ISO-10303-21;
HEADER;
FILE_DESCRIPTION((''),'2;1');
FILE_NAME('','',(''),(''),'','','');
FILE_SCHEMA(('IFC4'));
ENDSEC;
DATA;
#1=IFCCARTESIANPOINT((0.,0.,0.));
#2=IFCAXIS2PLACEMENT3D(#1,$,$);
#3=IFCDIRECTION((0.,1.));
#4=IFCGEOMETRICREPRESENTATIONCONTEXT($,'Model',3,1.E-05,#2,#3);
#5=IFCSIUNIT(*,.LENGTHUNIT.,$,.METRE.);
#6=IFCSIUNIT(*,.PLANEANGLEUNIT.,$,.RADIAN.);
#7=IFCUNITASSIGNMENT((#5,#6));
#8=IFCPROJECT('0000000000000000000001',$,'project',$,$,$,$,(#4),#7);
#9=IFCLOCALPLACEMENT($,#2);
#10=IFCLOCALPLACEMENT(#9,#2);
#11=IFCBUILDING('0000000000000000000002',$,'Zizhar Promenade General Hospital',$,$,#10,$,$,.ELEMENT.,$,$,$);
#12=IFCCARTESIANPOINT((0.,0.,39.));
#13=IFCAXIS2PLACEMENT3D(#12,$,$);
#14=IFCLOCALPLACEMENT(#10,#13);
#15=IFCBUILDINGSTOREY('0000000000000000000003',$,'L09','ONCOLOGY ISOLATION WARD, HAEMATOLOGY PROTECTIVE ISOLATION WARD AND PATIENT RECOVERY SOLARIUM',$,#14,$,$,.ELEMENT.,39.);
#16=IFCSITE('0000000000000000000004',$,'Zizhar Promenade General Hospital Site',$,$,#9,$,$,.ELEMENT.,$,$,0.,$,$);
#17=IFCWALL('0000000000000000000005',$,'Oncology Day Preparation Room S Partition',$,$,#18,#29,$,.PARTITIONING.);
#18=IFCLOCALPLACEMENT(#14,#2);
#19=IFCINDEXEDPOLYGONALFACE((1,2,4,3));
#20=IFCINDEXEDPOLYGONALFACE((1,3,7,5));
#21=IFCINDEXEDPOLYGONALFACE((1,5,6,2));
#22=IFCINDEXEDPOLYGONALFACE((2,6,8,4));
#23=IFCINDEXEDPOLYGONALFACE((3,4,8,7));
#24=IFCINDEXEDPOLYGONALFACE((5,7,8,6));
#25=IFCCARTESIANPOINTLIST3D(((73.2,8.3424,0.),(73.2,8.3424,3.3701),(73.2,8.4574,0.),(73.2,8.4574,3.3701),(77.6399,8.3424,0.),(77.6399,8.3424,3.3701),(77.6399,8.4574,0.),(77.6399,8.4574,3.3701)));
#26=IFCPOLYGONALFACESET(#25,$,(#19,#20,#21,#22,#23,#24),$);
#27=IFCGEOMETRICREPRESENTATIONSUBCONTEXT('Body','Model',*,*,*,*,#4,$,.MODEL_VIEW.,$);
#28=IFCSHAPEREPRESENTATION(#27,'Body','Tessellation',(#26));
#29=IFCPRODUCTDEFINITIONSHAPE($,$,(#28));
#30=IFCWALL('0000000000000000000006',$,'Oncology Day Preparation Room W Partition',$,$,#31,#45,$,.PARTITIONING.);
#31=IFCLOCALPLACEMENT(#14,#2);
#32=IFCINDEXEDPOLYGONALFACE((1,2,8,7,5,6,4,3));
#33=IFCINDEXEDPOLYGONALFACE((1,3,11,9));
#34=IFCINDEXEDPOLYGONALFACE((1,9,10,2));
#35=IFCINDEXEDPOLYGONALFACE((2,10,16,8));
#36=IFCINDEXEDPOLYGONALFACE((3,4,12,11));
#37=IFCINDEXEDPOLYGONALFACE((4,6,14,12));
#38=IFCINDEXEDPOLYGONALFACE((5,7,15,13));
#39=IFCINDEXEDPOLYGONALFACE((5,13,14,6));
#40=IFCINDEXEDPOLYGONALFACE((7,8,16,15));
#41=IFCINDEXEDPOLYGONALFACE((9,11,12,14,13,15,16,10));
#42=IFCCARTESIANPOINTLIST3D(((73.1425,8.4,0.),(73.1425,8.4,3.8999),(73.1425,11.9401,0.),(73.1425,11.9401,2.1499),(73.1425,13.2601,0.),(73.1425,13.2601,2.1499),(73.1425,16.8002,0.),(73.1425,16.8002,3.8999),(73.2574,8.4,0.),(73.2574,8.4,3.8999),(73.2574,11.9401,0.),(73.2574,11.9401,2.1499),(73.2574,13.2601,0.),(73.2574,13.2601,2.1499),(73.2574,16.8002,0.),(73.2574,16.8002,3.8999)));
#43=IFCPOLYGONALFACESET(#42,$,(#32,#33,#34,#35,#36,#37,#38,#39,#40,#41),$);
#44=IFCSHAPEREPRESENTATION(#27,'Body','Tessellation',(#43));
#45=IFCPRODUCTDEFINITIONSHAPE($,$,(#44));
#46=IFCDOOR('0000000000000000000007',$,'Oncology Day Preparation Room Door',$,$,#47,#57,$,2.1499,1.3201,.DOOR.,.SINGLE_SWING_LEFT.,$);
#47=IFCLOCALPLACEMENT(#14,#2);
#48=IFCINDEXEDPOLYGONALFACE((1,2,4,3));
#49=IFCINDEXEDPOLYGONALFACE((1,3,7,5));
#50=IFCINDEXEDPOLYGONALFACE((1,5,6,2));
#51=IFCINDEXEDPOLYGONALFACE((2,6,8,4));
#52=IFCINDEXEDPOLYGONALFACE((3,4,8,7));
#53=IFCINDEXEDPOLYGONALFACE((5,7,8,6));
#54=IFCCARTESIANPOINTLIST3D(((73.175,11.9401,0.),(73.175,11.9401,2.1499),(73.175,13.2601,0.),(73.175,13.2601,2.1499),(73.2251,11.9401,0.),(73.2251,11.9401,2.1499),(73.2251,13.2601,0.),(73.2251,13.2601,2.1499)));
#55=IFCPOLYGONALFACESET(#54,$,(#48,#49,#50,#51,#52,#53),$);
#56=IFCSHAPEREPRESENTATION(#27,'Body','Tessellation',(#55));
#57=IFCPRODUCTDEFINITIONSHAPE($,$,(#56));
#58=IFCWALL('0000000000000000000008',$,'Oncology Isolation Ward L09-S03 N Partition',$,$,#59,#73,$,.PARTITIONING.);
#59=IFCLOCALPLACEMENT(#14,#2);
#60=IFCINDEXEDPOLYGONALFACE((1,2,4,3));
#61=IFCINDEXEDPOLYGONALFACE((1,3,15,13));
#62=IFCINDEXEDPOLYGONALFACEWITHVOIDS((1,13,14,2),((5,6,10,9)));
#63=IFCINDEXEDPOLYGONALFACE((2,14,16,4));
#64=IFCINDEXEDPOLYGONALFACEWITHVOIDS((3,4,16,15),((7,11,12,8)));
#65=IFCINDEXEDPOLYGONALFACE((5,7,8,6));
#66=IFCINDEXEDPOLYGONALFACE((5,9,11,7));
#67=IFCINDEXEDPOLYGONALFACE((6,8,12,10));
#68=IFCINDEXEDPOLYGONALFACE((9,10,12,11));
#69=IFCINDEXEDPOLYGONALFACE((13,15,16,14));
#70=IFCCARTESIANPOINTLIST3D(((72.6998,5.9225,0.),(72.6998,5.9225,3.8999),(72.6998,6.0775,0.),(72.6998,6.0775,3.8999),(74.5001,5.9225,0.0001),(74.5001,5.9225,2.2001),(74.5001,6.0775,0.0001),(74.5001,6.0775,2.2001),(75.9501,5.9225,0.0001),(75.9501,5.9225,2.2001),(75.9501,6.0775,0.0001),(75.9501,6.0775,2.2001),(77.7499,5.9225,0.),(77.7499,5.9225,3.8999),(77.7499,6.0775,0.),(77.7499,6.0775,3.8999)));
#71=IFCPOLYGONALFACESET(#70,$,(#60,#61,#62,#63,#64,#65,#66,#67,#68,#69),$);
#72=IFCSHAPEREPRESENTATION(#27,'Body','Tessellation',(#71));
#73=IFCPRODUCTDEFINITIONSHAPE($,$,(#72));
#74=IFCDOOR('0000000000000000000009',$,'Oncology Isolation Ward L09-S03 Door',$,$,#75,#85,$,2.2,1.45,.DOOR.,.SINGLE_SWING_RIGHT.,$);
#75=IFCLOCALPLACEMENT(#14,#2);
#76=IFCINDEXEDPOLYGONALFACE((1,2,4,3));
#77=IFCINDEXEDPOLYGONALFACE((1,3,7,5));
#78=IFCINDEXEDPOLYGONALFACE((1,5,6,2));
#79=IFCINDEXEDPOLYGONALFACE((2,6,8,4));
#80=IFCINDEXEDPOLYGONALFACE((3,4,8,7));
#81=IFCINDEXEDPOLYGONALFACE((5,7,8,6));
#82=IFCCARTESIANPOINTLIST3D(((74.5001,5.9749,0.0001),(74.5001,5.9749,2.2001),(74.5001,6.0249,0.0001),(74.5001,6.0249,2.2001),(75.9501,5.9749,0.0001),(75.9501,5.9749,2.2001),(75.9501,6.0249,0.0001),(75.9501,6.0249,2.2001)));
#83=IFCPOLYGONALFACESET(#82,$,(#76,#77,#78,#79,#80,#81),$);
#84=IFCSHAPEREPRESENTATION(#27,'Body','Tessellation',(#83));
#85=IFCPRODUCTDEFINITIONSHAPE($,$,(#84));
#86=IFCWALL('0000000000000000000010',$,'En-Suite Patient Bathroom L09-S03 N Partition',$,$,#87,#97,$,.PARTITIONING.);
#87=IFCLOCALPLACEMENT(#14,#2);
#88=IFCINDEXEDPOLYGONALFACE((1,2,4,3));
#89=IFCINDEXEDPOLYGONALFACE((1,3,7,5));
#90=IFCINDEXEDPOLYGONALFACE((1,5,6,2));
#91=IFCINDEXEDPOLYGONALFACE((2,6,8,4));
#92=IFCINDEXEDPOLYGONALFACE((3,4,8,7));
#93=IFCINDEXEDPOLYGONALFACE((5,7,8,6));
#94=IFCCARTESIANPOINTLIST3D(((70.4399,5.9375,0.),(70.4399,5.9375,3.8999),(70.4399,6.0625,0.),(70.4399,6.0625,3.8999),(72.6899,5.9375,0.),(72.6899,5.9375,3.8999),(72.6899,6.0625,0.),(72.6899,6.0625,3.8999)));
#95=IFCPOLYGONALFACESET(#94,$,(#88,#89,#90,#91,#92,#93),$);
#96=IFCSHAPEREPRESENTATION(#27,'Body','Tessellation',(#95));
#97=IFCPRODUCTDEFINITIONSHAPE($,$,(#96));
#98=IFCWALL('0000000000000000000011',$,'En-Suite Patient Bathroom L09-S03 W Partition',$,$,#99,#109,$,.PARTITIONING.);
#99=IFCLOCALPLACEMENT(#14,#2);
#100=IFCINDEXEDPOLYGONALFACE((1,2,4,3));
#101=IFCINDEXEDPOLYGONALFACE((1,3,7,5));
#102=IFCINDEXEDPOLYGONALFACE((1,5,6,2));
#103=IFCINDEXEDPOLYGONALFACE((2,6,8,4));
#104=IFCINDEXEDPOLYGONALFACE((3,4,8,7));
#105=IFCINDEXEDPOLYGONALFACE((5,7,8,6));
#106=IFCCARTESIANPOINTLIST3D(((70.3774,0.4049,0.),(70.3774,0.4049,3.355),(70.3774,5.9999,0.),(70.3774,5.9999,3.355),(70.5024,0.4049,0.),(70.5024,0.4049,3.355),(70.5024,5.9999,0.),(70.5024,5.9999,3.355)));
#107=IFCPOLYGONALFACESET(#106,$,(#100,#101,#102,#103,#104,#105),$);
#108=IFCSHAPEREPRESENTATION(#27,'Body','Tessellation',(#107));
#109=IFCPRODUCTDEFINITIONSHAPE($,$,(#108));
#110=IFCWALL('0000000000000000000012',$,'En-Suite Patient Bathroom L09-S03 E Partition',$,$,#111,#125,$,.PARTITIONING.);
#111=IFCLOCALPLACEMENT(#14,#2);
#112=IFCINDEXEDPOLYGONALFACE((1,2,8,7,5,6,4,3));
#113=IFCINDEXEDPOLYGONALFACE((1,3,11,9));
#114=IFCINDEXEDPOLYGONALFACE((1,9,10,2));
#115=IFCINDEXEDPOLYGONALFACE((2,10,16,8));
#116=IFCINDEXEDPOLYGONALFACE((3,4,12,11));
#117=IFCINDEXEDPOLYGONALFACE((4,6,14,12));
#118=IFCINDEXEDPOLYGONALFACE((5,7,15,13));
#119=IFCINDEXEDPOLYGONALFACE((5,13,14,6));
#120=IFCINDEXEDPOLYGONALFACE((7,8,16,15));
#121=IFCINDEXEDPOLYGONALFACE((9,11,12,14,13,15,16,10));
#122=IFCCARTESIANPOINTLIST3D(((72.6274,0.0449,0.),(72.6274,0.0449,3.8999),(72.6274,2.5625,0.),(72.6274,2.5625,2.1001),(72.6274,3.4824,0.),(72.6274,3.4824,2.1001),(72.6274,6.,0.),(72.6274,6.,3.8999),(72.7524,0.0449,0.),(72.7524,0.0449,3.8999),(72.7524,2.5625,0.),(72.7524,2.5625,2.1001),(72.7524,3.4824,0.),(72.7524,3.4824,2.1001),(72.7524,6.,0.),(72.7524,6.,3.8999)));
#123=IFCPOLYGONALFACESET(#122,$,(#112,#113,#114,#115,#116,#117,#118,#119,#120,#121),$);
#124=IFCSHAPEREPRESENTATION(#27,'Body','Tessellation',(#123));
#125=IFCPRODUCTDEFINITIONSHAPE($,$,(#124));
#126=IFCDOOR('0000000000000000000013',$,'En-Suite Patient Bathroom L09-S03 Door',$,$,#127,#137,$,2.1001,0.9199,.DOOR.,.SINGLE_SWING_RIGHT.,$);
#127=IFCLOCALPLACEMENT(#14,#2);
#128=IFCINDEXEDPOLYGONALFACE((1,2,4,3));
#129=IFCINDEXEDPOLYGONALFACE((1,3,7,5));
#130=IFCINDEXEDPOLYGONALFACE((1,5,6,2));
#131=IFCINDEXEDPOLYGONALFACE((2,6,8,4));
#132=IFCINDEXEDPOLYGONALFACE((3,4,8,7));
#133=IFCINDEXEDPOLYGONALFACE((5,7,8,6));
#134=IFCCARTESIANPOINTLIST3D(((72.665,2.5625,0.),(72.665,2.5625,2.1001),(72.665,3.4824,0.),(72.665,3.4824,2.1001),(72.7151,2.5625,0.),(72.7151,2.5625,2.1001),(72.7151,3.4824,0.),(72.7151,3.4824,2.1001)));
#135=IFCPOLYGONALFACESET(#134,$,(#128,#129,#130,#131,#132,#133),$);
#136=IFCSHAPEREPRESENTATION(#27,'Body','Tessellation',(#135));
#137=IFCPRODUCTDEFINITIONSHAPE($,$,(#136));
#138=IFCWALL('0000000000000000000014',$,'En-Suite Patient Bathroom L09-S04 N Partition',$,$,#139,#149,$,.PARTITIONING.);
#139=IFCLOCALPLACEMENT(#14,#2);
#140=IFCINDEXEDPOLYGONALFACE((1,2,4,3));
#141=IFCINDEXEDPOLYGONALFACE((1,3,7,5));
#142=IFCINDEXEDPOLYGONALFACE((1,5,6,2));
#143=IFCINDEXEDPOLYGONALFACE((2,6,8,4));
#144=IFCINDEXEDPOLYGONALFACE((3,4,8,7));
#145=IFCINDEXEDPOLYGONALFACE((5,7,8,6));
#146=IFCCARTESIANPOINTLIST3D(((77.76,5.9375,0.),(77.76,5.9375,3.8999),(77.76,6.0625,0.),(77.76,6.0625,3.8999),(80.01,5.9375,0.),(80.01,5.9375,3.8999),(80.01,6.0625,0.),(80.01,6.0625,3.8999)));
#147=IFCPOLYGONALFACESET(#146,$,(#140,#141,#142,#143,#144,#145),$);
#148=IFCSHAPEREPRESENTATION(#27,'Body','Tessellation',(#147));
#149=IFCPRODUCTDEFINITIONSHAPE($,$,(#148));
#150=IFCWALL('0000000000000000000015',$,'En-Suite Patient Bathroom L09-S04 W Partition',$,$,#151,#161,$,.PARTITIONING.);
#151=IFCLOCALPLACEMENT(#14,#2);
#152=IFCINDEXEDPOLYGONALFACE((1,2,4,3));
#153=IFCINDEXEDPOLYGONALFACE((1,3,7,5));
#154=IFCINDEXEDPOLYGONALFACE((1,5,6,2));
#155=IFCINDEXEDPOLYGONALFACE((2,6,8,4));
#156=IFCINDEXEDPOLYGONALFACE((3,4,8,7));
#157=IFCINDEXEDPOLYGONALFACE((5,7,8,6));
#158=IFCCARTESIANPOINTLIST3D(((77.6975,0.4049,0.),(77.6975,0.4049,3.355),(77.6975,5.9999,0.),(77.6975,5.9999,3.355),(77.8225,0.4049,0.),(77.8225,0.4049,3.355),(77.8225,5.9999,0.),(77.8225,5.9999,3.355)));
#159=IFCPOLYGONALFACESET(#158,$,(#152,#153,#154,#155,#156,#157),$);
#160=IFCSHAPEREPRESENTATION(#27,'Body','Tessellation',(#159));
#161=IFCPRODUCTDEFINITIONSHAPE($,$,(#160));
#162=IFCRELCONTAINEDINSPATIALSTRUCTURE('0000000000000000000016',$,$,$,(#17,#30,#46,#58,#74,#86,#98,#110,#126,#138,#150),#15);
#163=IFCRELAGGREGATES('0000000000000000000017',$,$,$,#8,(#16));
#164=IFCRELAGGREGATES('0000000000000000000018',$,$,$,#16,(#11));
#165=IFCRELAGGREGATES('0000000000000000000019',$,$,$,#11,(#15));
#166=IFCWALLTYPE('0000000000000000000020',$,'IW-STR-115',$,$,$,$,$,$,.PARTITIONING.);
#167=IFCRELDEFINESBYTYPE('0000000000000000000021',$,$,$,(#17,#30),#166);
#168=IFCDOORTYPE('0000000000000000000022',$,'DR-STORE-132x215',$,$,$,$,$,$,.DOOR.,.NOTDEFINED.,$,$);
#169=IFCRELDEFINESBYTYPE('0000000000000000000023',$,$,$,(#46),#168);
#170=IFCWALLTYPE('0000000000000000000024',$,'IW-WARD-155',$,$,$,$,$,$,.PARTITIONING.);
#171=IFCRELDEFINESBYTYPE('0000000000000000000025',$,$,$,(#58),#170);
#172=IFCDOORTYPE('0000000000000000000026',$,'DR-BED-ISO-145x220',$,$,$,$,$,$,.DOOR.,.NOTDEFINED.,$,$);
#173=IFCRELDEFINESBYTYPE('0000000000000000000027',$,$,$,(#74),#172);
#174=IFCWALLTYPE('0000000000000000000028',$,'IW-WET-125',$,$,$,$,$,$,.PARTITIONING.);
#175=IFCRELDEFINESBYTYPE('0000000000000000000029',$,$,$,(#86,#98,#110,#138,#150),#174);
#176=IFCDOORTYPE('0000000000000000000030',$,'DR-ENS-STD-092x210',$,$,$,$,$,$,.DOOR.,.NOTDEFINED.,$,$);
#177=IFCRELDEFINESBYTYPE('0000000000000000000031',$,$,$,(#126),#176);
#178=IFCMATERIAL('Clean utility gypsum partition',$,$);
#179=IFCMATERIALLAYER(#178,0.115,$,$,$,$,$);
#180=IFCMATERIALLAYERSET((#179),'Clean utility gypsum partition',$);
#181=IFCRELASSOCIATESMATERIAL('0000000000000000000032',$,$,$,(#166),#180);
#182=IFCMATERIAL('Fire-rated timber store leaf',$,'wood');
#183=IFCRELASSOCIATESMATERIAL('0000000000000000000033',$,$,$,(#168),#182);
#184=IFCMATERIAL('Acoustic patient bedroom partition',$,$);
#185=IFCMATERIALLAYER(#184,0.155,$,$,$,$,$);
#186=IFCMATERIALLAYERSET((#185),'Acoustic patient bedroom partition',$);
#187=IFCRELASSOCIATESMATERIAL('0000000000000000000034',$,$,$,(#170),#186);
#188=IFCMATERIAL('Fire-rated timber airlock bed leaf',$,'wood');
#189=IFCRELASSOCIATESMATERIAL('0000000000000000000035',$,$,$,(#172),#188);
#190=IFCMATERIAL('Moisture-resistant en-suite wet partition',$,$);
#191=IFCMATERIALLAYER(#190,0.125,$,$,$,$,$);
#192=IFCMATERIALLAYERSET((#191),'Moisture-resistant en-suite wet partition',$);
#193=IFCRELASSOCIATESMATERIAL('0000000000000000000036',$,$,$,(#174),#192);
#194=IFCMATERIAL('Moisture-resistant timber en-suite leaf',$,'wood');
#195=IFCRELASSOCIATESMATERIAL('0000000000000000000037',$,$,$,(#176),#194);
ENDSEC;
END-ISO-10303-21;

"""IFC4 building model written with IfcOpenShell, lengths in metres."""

from ifc_helpers import new_model, si_unit, direction, frame, frame_2d, origin, place, context, subcontext, project, spatial, rectangle, extrude, material, layer, layer_set, type_object, element, fill, save


model = new_model("IFC4")

# Units and contexts
model_context = context("Model", 3, precision=1e-05, world=origin(), true_north=direction((0.0, 1.0)))
body_context = subcontext(model_context, "Body", "Model", "MODEL_VIEW")
ifc_project = project(units=[si_unit("LENGTHUNIT", "METRE"), si_unit("PLANEANGLEUNIT", "RADIAN")], contexts=[model_context])

# Site, building, storey
site_placement = place(None, origin())
site = spatial("IfcSite", under=ifc_project, at=site_placement, Name="Zizhar Promenade General Hospital Site", CompositionType="ELEMENT", RefElevation=0.0)
building_placement = place(site_placement, origin())
building = spatial("IfcBuilding", under=site, at=building_placement, Name="Zizhar Promenade General Hospital", CompositionType="ELEMENT")
storey_placement = place(building_placement, frame((0.0, 0.0, 39.0)))
storey = spatial("IfcBuildingStorey", under=building, at=storey_placement, Name="L09", Description="ONCOLOGY ISOLATION WARD, HAEMATOLOGY PROTECTIVE ISOLATION WARD AND PATIENT RECOVERY SOLARIUM", CompositionType="ELEMENT", Elevation=39.0)

# Wall
ifc_material_1 = material(Name="Clean utility gypsum partition")
ifc_layer_1 = layer(ifc_material_1, 0.115)
ifc_layer_set_1 = layer_set([ifc_layer_1], Name="Clean utility gypsum partition")
wall_type_1 = type_object("IfcWallType", Name="IW-STR-115", PredefinedType="PARTITIONING", material=ifc_layer_set_1)
wall_1_placement = place(storey_placement, frame((73.2, 8.3999, 0.0), z_axis=(0.0, 0.0, 1.0), x_axis=(1.0, 0.0, 0.0)))
element("IfcWall", 1, at=wall_1_placement, inside=storey, type_object=wall_type_1, Name="Oncology Day Preparation Room S Partition", PredefinedType="PARTITIONING", context=body_context, shape_type="SweptSolid", body=[
    extrude(rectangle(XDim=4.4399, YDim=0.115, at=frame_2d((2.22, 0.0))), origin(), (0.0, 0.0, 1.0), 3.3701),
])

# Walls, openings, doors
wall_2_placement = place(storey_placement, frame((73.2, 8.3999, 0.0), z_axis=(0.0, 0.0, 1.0), x_axis=(0.0, 1.0, 0.0)))
wall_2 = element("IfcWall", 2, at=wall_2_placement, inside=storey, type_object=wall_type_1, Name="Oncology Day Preparation Room W Partition", PredefinedType="PARTITIONING", context=body_context, shape_type="SweptSolid", body=[
    extrude(rectangle(XDim=8.4001, YDim=0.115, at=frame_2d((4.2002, 0.0))), origin(), (0.0, 0.0, 1.0), 3.8999),
])
opening_1_placement = place(wall_2_placement, frame((3.54, 0.0, 0.0)))
opening_1 = element("IfcOpeningElement", 3, at=opening_1_placement, cuts=wall_2, PredefinedType="OPENING", context=body_context, shape_type="SweptSolid", body=[
    extrude(rectangle(XDim=1.3201, YDim=2.1499, at=frame_2d((0.6602, 1.075))), frame((0.0, 0.0674, 0.0), z_axis=(0.0, -1.0, 0.0), x_axis=(1.0, 0.0, 0.0)), (0.0, 0.0, 1.0), 0.135),
])
ifc_material_2 = material(Name="Fire-rated timber store leaf", Category="wood")
door_type_1 = type_object("IfcDoorType", Name="DR-STORE-132x215", OperationType="NOTDEFINED", PredefinedType="DOOR", material=ifc_material_2)
door_1_placement = place(opening_1_placement, origin())
door_1 = element("IfcDoor", 4, at=door_1_placement, inside=storey, type_object=door_type_1, Name="Oncology Day Preparation Room Door", OperationType="SINGLE_SWING_LEFT", OverallHeight=2.1499, OverallWidth=1.3201, PredefinedType="DOOR", context=body_context, shape_type="SweptSolid", body=[
    extrude(rectangle(XDim=1.3201, YDim=2.1499, at=frame_2d((0.6602, 1.075))), frame((0.0, 0.0249, 0.0), z_axis=(0.0, -1.0, 0.0), x_axis=(1.0, 0.0, 0.0)), (0.0, 0.0, 1.0), 0.05),
])
fill(opening_1, door_1)
ifc_material_3 = material(Name="Acoustic patient bedroom partition")
ifc_layer_2 = layer(ifc_material_3, 0.155)
ifc_layer_set_2 = layer_set([ifc_layer_2], Name="Acoustic patient bedroom partition")
wall_type_2 = type_object("IfcWallType", Name="IW-WARD-155", PredefinedType="PARTITIONING", material=ifc_layer_set_2)
wall_3_placement = place(storey_placement, frame((72.7, 6.0, 0.0), z_axis=(0.0, 0.0, 1.0), x_axis=(1.0, 0.0, 0.0)))
wall_3 = element("IfcWall", 5, at=wall_3_placement, inside=storey, type_object=wall_type_2, Name="Oncology Isolation Ward L09-S03 N Partition", PredefinedType="PARTITIONING", context=body_context, shape_type="SweptSolid", body=[
    extrude(rectangle(XDim=5.05, YDim=0.155, at=frame_2d((2.5249, 0.0))), origin(), (0.0, 0.0, 1.0), 3.8999),
])
opening_2_placement = place(wall_3_placement, frame((1.8, 0.0, 0.0)))
opening_2 = element("IfcOpeningElement", 6, at=opening_2_placement, cuts=wall_3, PredefinedType="OPENING", context=body_context, shape_type="SweptSolid", body=[
    extrude(rectangle(XDim=1.45, YDim=2.2, at=frame_2d((0.7251, 1.1001))), frame((0.0, 0.0874, 0.0), z_axis=(0.0, -1.0, 0.0), x_axis=(1.0, 0.0, 0.0)), (0.0, 0.0, 1.0), 0.175),
])
ifc_material_4 = material(Name="Fire-rated timber airlock bed leaf", Category="wood")
door_type_2 = type_object("IfcDoorType", Name="DR-BED-ISO-145x220", OperationType="NOTDEFINED", PredefinedType="DOOR", material=ifc_material_4)
door_2_placement = place(opening_2_placement, origin())
door_2 = element("IfcDoor", 7, at=door_2_placement, inside=storey, type_object=door_type_2, Name="Oncology Isolation Ward L09-S03 Door", OperationType="SINGLE_SWING_RIGHT", OverallHeight=2.2, OverallWidth=1.45, PredefinedType="DOOR", context=body_context, shape_type="SweptSolid", body=[
    extrude(rectangle(XDim=1.45, YDim=2.2, at=frame_2d((0.7251, 1.1001))), frame((0.0, 0.0249, 0.0), z_axis=(0.0, -1.0, 0.0), x_axis=(1.0, 0.0, 0.0)), (0.0, 0.0, 1.0), 0.05),
])
fill(opening_2, door_2)

# Walls
ifc_material_5 = material(Name="Moisture-resistant en-suite wet partition")
ifc_layer_3 = layer(ifc_material_5, 0.125)
ifc_layer_set_3 = layer_set([ifc_layer_3], Name="Moisture-resistant en-suite wet partition")
wall_type_3 = type_object("IfcWallType", Name="IW-WET-125", PredefinedType="PARTITIONING", material=ifc_layer_set_3)
wall_4_placement = place(storey_placement, frame((70.4399, 6.0, 0.0), z_axis=(0.0, 0.0, 1.0), x_axis=(1.0, 0.0, 0.0)))
element("IfcWall", 8, at=wall_4_placement, inside=storey, type_object=wall_type_3, Name="En-Suite Patient Bathroom L09-S03 N Partition", PredefinedType="PARTITIONING", context=body_context, shape_type="SweptSolid", body=[
    extrude(rectangle(XDim=2.25, YDim=0.125, at=frame_2d((1.125, 0.0))), origin(), (0.0, 0.0, 1.0), 3.8999),
])
wall_5_placement = place(storey_placement, frame((70.4399, 0.405, 0.0), z_axis=(0.0, 0.0, 1.0), x_axis=(0.0, 1.0, 0.0)))
element("IfcWall", 9, at=wall_5_placement, inside=storey, type_object=wall_type_3, Name="En-Suite Patient Bathroom L09-S03 W Partition", PredefinedType="PARTITIONING", context=body_context, shape_type="SweptSolid", body=[
    extrude(rectangle(XDim=5.595, YDim=0.125, at=frame_2d((2.7974, 0.0))), origin(), (0.0, 0.0, 1.0), 3.355),
])

# Wall, opening, door
wall_6_placement = place(storey_placement, frame((72.6899, 0.0449, 0.0), z_axis=(0.0, 0.0, 1.0), x_axis=(0.0, 1.0, 0.0)))
wall_6 = element("IfcWall", 10, at=wall_6_placement, inside=storey, type_object=wall_type_3, Name="En-Suite Patient Bathroom L09-S03 E Partition", PredefinedType="PARTITIONING", context=body_context, shape_type="SweptSolid", body=[
    extrude(rectangle(XDim=5.9551, YDim=0.125, at=frame_2d((2.9775, 0.0))), origin(), (0.0, 0.0, 1.0), 3.8999),
])
opening_3_placement = place(wall_6_placement, frame((2.5176, 0.0, 0.0)))
opening_3 = element("IfcOpeningElement", 11, at=opening_3_placement, cuts=wall_6, PredefinedType="OPENING", context=body_context, shape_type="SweptSolid", body=[
    extrude(rectangle(XDim=0.9199, YDim=2.1001, at=frame_2d((0.46, 1.05))), frame((0.0, 0.0725, 0.0), z_axis=(0.0, -1.0, 0.0), x_axis=(1.0, 0.0, 0.0)), (0.0, 0.0, 1.0), 0.145),
])
ifc_material_6 = material(Name="Moisture-resistant timber en-suite leaf", Category="wood")
door_type_3 = type_object("IfcDoorType", Name="DR-ENS-STD-092x210", OperationType="NOTDEFINED", PredefinedType="DOOR", material=ifc_material_6)
door_3_placement = place(opening_3_placement, origin())
door_3 = element("IfcDoor", 12, at=door_3_placement, inside=storey, type_object=door_type_3, Name="En-Suite Patient Bathroom L09-S03 Door", OperationType="SINGLE_SWING_RIGHT", OverallHeight=2.1001, OverallWidth=0.9199, PredefinedType="DOOR", context=body_context, shape_type="SweptSolid", body=[
    extrude(rectangle(XDim=0.9199, YDim=2.1001, at=frame_2d((0.46, 1.05))), frame((0.0, 0.0249, 0.0), z_axis=(0.0, -1.0, 0.0), x_axis=(1.0, 0.0, 0.0)), (0.0, 0.0, 1.0), 0.05),
])
fill(opening_3, door_3)

# Walls
wall_7_placement = place(storey_placement, frame((77.76, 6.0, 0.0), z_axis=(0.0, 0.0, 1.0), x_axis=(1.0, 0.0, 0.0)))
element("IfcWall", 13, at=wall_7_placement, inside=storey, type_object=wall_type_3, Name="En-Suite Patient Bathroom L09-S04 N Partition", PredefinedType="PARTITIONING", context=body_context, shape_type="SweptSolid", body=[
    extrude(rectangle(XDim=2.25, YDim=0.125, at=frame_2d((1.125, 0.0))), origin(), (0.0, 0.0, 1.0), 3.8999),
])
wall_8_placement = place(storey_placement, frame((77.76, 0.405, 0.0), z_axis=(0.0, 0.0, 1.0), x_axis=(0.0, 1.0, 0.0)))
element("IfcWall", 14, at=wall_8_placement, inside=storey, type_object=wall_type_3, Name="En-Suite Patient Bathroom L09-S04 W Partition", PredefinedType="PARTITIONING", context=body_context, shape_type="SweptSolid", body=[
    extrude(rectangle(XDim=5.595, YDim=0.125, at=frame_2d((2.7974, 0.0))), origin(), (0.0, 0.0, 1.0), 3.355),
])

save(model, "model.ifc")
